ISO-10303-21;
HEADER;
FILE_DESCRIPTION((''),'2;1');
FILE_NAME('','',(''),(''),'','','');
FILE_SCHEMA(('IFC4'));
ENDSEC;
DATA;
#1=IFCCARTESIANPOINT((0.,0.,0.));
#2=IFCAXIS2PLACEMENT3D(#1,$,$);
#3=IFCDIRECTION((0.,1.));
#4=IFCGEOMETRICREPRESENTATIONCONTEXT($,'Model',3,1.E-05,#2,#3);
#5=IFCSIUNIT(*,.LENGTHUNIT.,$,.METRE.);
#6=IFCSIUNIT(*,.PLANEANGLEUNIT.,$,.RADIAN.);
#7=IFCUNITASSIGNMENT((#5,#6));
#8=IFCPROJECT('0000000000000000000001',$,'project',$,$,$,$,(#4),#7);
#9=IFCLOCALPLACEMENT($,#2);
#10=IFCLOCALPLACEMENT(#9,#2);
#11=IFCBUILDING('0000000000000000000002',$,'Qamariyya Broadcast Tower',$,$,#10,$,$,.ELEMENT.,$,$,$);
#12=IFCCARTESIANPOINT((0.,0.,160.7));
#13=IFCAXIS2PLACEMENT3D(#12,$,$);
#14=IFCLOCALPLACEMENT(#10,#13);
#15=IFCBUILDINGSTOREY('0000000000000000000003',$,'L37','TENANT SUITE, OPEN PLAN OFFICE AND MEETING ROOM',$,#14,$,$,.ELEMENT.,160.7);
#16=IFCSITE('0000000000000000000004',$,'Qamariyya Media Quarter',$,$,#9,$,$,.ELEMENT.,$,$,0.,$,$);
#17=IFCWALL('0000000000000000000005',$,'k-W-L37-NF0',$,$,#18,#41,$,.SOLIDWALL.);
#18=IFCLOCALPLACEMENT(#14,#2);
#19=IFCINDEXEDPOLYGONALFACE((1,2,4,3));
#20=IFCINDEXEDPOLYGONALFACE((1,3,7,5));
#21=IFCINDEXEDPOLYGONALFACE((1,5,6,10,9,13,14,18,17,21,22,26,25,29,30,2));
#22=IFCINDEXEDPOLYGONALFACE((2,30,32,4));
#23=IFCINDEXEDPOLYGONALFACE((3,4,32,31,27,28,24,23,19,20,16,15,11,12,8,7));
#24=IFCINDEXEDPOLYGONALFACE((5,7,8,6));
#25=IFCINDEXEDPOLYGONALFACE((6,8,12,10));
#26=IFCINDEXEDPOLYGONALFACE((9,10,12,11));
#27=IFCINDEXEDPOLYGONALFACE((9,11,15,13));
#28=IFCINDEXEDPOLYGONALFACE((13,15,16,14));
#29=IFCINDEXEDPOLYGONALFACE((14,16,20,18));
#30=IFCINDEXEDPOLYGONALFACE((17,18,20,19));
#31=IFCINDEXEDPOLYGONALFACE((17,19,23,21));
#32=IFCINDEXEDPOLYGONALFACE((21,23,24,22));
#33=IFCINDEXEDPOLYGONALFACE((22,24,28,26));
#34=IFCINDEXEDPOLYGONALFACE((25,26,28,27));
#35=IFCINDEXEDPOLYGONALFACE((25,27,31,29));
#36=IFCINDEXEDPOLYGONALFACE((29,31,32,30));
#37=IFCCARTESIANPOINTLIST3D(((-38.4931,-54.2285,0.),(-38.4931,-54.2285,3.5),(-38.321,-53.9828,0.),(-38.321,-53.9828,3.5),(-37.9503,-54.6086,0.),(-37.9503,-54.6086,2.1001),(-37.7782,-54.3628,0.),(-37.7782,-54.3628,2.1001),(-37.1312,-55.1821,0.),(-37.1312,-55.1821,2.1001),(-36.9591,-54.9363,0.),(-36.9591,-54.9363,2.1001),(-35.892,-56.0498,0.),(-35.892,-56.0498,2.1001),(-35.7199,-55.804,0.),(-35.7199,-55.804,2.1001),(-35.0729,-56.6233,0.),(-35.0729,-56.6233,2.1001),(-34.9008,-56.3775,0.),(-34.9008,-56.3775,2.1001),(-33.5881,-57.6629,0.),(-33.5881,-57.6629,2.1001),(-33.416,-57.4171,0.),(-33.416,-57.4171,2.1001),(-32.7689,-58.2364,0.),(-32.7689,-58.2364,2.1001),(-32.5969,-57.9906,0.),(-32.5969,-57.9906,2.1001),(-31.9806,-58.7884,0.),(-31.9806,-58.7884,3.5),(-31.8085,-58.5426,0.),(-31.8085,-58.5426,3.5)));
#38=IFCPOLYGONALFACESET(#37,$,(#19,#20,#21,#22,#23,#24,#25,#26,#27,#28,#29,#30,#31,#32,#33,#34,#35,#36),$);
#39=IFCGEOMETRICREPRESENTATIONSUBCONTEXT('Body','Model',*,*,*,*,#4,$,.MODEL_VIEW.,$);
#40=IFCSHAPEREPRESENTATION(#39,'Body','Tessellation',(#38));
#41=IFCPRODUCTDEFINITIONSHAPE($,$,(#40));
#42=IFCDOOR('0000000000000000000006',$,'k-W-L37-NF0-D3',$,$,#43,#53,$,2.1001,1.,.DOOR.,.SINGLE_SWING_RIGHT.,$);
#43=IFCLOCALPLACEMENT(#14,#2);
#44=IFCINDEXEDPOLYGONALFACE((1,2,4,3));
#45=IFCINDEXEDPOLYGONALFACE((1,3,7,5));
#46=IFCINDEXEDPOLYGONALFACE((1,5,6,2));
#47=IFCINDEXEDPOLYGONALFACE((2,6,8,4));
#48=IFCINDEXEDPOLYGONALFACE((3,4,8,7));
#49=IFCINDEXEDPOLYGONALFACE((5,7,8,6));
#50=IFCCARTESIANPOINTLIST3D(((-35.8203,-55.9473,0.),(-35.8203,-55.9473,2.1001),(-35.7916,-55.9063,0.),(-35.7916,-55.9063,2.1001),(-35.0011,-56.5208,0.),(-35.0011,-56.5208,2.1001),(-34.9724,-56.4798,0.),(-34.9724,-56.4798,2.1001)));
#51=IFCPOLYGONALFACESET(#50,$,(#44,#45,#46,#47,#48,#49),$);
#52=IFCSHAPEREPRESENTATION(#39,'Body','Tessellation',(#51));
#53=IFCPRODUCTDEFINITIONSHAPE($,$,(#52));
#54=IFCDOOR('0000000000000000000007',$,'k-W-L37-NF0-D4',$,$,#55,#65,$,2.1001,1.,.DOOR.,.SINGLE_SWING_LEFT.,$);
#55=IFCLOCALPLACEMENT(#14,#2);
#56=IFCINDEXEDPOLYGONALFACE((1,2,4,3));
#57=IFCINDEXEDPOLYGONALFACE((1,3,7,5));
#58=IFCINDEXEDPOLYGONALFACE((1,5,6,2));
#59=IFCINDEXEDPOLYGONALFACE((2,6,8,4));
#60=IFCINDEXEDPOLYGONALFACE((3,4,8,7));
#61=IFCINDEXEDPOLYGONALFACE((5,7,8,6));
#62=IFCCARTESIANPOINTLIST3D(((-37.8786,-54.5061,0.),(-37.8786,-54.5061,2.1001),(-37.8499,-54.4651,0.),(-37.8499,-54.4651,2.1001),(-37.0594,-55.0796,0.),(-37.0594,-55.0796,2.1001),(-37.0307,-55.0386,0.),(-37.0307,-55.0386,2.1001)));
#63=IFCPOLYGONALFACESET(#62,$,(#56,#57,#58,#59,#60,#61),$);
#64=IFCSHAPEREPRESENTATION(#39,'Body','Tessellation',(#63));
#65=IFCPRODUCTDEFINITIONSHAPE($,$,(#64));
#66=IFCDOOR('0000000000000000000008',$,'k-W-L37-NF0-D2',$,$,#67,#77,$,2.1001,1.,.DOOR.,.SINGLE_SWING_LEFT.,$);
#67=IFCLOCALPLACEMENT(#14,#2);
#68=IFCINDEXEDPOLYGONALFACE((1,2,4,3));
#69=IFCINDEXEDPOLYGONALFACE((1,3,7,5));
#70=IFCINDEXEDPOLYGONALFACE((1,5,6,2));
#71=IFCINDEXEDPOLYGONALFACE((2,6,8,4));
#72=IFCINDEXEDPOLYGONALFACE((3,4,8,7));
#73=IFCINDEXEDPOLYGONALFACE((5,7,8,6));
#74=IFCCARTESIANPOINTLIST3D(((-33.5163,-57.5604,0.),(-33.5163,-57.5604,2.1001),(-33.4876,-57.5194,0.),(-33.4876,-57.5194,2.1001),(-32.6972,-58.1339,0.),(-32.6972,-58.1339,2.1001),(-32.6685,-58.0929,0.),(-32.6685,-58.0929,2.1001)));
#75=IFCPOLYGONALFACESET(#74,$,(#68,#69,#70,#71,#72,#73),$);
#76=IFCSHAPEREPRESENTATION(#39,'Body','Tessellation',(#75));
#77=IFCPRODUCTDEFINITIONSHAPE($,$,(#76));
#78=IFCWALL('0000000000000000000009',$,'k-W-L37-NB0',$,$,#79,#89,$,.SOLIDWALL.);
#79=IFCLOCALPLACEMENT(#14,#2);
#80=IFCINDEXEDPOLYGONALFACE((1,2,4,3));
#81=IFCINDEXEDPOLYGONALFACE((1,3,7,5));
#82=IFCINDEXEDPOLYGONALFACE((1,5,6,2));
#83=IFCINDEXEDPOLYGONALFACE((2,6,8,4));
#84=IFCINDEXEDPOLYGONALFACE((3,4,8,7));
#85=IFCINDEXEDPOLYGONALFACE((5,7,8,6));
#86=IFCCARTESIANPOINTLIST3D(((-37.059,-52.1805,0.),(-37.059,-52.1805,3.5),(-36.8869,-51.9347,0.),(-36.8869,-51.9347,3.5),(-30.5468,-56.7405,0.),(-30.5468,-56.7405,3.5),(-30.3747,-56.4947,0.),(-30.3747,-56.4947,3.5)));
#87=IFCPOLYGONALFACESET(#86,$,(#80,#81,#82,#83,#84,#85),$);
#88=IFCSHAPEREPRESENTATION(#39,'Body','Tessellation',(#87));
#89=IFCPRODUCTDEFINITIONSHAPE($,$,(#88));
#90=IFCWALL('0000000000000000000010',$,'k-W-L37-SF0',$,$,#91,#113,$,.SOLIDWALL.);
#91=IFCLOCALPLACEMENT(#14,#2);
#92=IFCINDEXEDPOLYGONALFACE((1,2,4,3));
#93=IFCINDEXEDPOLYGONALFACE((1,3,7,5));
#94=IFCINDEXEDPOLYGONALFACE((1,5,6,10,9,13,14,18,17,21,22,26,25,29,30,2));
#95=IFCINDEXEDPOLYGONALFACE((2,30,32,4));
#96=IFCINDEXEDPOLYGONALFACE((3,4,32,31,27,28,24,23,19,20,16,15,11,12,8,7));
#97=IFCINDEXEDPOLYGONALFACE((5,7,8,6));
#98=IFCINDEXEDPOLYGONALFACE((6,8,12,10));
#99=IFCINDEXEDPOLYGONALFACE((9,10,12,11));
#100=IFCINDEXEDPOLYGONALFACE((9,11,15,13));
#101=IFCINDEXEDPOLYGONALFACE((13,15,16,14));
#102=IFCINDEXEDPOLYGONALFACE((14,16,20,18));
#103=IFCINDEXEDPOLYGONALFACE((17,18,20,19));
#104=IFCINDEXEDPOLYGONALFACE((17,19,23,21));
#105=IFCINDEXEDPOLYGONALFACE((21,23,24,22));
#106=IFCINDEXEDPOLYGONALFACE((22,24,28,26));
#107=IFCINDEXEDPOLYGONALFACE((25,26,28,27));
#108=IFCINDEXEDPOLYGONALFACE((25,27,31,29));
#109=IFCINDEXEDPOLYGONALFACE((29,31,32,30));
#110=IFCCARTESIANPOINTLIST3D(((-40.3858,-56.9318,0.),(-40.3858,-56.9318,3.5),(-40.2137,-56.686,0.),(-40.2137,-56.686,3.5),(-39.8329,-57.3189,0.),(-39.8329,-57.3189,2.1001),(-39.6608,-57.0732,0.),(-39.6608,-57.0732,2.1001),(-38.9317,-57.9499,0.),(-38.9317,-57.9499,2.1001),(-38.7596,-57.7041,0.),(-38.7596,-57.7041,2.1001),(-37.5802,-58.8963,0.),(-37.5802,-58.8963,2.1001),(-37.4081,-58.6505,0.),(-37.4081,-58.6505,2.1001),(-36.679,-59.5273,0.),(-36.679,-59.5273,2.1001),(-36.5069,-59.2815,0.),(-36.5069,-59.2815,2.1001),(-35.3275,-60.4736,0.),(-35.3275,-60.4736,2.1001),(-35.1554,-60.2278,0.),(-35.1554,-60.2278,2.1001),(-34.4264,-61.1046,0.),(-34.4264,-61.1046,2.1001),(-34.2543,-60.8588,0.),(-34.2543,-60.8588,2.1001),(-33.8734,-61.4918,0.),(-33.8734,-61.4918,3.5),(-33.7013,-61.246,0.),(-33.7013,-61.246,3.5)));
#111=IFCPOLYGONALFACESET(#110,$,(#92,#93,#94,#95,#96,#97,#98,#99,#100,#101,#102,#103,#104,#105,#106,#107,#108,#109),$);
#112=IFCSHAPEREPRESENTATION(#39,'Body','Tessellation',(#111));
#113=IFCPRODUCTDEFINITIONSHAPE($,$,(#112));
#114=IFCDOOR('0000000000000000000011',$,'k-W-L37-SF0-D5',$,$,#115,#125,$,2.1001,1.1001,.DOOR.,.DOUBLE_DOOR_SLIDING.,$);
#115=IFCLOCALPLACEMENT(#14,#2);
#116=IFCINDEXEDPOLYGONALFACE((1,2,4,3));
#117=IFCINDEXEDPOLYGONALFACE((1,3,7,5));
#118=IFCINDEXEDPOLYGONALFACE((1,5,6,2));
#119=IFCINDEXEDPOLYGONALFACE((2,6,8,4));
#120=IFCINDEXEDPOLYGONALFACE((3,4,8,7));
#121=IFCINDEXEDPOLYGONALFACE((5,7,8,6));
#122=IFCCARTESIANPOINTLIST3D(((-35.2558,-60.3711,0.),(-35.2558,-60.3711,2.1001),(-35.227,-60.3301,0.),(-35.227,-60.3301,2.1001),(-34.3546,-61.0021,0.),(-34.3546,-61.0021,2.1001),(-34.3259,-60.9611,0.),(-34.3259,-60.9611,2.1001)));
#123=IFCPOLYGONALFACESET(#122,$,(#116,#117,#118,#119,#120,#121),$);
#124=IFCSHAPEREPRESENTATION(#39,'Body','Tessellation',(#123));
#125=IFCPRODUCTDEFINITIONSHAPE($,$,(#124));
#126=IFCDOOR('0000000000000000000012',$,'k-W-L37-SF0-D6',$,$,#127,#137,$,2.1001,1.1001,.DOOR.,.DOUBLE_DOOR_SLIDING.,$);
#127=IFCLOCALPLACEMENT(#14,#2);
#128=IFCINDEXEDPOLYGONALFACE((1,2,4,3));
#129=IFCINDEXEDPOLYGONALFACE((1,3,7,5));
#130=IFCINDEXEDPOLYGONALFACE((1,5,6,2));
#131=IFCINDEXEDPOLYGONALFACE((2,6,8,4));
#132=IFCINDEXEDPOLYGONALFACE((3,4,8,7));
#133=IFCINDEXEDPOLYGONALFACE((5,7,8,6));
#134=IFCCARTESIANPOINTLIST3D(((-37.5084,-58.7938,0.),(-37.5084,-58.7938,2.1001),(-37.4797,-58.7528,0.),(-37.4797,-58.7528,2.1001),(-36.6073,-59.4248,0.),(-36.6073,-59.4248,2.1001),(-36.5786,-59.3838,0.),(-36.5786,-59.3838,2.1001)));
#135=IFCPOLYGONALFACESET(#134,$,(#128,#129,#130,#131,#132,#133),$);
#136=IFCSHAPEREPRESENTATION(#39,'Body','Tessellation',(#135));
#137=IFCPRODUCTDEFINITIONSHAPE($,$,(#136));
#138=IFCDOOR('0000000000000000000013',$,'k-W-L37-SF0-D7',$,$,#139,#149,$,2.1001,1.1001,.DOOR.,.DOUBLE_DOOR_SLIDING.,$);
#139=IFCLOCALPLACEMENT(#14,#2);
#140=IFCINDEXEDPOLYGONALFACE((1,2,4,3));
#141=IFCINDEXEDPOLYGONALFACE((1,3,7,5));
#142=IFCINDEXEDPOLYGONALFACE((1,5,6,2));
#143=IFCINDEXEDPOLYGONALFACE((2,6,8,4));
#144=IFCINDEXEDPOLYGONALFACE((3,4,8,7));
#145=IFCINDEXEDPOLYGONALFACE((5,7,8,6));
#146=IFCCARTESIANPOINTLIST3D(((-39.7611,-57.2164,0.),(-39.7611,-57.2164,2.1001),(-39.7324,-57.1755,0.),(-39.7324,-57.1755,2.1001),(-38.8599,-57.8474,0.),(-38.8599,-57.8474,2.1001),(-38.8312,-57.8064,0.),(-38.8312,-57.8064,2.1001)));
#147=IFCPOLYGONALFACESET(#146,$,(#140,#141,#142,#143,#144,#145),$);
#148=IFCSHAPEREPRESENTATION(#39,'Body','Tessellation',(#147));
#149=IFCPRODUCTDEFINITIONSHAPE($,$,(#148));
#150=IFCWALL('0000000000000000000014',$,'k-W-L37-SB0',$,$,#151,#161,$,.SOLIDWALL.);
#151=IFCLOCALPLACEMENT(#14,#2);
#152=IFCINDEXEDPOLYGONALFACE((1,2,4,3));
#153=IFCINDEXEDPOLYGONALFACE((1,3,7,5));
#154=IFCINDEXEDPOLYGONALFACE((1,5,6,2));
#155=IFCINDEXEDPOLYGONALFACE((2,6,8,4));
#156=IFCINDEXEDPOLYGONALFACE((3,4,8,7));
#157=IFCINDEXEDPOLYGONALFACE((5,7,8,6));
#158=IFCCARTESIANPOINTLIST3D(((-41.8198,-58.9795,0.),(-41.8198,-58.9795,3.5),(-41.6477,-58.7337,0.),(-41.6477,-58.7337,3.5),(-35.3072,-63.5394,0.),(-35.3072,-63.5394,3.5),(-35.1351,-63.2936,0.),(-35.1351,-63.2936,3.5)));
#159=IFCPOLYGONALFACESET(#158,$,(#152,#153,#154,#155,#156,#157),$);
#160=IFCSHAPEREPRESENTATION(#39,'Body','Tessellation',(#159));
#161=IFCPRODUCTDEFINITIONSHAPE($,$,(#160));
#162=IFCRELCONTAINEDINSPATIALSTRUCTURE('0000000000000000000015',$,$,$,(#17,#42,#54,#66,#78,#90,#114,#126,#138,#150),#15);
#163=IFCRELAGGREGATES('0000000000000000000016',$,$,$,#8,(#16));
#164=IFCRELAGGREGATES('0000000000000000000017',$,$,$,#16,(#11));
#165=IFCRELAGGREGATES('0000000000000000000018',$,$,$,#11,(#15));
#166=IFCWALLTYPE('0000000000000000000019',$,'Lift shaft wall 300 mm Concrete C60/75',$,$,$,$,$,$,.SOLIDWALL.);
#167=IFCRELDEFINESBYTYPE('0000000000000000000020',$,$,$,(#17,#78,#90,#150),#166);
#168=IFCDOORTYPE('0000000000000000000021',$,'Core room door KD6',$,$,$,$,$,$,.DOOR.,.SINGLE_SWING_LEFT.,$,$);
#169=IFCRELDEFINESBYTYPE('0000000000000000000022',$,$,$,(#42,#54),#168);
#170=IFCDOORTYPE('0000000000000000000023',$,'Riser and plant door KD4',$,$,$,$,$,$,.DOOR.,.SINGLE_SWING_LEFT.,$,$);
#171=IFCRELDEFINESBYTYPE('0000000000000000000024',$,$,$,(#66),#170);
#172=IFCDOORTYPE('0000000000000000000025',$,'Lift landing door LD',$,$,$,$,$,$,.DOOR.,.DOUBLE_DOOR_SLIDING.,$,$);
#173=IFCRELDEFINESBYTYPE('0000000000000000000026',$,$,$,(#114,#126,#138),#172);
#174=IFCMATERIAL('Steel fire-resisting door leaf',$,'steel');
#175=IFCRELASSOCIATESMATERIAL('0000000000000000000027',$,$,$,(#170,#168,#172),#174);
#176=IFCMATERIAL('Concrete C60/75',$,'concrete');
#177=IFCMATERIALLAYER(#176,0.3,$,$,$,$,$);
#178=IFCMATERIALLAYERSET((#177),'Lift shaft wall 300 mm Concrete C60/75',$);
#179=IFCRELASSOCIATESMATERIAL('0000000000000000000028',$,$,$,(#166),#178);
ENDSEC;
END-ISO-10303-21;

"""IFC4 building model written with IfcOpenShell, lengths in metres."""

from ifc_helpers import new_model, si_unit, direction, frame, frame_2d, origin, place, context, subcontext, project, spatial, rectangle, extrude, material, layer, layer_set, type_object, element, fill, save


model = new_model("IFC4")

# Units and contexts
model_context = context("Model", 3, precision=1e-05, world=origin(), true_north=direction((0.0, 1.0)))
body_context = subcontext(model_context, "Body", "Model", "MODEL_VIEW")
ifc_project = project(units=[si_unit("LENGTHUNIT", "METRE"), si_unit("PLANEANGLEUNIT", "RADIAN")], contexts=[model_context])

# Site, building, storey
site_placement = place(None, origin())
site = spatial("IfcSite", under=ifc_project, at=site_placement, Name="Qamariyya Media Quarter", CompositionType="ELEMENT", RefElevation=0.0)
building_placement = place(site_placement, origin())
building = spatial("IfcBuilding", under=site, at=building_placement, Name="Qamariyya Broadcast Tower", CompositionType="ELEMENT")
storey_placement = place(building_placement, frame((0.0, 0.0, 160.7)))
storey = spatial("IfcBuildingStorey", under=building, at=storey_placement, Name="L37", Description="TENANT SUITE, OPEN PLAN OFFICE AND MEETING ROOM", CompositionType="ELEMENT", Elevation=160.7)

# Shared definitions
ifc_material_1 = material(Name="Concrete C60/75", Category="concrete")

# Shared definitions
ifc_material_2 = material(Name="Steel fire-resisting door leaf", Category="steel")

# Shared definitions
door_type_1 = type_object("IfcDoorType", Name="Riser and plant door KD4", OperationType="SINGLE_SWING_LEFT", PredefinedType="DOOR", material=ifc_material_2)

# Wall, openings, doors
ifc_layer_1 = layer(ifc_material_1, 0.3)
ifc_layer_set_1 = layer_set([ifc_layer_1], Name="Lift shaft wall 300 mm Concrete C60/75")
wall_type_1 = type_object("IfcWallType", Name="Lift shaft wall 300 mm Concrete C60/75", PredefinedType="SOLIDWALL", material=ifc_layer_set_1)
wall_1_placement = place(storey_placement, frame((-31.8945, -58.6655, 0.0), z_axis=(0.0, 0.0, 1.0), x_axis=(-0.819167, 0.573555, 0.0)))
wall_1 = element("IfcWall", 1, at=wall_1_placement, inside=storey, type_object=wall_type_1, Name="k-W-L37-NF0", PredefinedType="SOLIDWALL", context=body_context, shape_type="SweptSolid", body=[
    extrude(rectangle(XDim=7.9502, YDim=0.3, at=frame_2d((3.9751, 0.0))), origin(), (0.0, 0.0, 1.0), 3.5),
])
opening_1_placement = place(wall_1_placement, frame((0.9624, 0.0, 0.0)))
opening_1 = element("IfcOpeningElement", 2, at=opening_1_placement, cuts=wall_1, PredefinedType="OPENING", context=body_context, shape_type="SweptSolid", body=[
    extrude(rectangle(XDim=1.0, YDim=2.1001, at=frame_2d((0.5, 1.05))), frame((0.0, 0.1599, 0.0), z_axis=(0.0, -1.0, 0.0), x_axis=(1.0, 0.0, 0.0)), (0.0, 0.0, 1.0), 0.3201),
])
opening_2_placement = place(wall_1_placement, frame((3.7749, 0.0, 0.0)))
opening_2 = element("IfcOpeningElement", 3, at=opening_2_placement, cuts=wall_1, PredefinedType="OPENING", context=body_context, shape_type="SweptSolid", body=[
    extrude(rectangle(XDim=1.0, YDim=2.1001, at=frame_2d((0.5, 1.05))), frame((0.0, 0.1599, 0.0), z_axis=(0.0, -1.0, 0.0), x_axis=(1.0, 0.0, 0.0)), (0.0, 0.0, 1.0), 0.3201),
])
opening_3_placement = place(wall_1_placement, frame((6.2876, 0.0, 0.0)))
opening_3 = element("IfcOpeningElement", 4, at=opening_3_placement, cuts=wall_1, PredefinedType="OPENING", context=body_context, shape_type="SweptSolid", body=[
    extrude(rectangle(XDim=1.0, YDim=2.1001, at=frame_2d((0.5, 1.05))), frame((0.0, 0.1599, 0.0), z_axis=(0.0, -1.0, 0.0), x_axis=(1.0, 0.0, 0.0)), (0.0, 0.0, 1.0), 0.3201),
])
door_type_2 = type_object("IfcDoorType", Name="Core room door KD6", OperationType="SINGLE_SWING_LEFT", PredefinedType="DOOR", material=ifc_material_2)
door_1_placement = place(opening_2_placement, origin())
door_1 = element("IfcDoor", 5, at=door_1_placement, inside=storey, type_object=door_type_2, Name="k-W-L37-NF0-D3", OperationType="SINGLE_SWING_RIGHT", OverallHeight=2.1001, OverallWidth=1.0, PredefinedType="DOOR", context=body_context, shape_type="SweptSolid", body=[
    extrude(rectangle(XDim=1.0, YDim=2.1001, at=frame_2d((0.5, 1.05))), frame((0.0, 0.0249, 0.0), z_axis=(0.0, -1.0, 0.0), x_axis=(1.0, 0.0, 0.0)), (0.0, 0.0, 1.0), 0.05),
])
fill(opening_2, door_1)
door_2_placement = place(opening_3_placement, origin())
door_2 = element("IfcDoor", 6, at=door_2_placement, inside=storey, type_object=door_type_2, Name="k-W-L37-NF0-D4", OperationType="SINGLE_SWING_LEFT", OverallHeight=2.1001, OverallWidth=1.0, PredefinedType="DOOR", context=body_context, shape_type="SweptSolid", body=[
    extrude(rectangle(XDim=1.0, YDim=2.1001, at=frame_2d((0.5, 1.05))), frame((0.0, 0.0249, 0.0), z_axis=(0.0, -1.0, 0.0), x_axis=(1.0, 0.0, 0.0)), (0.0, 0.0, 1.0), 0.05),
])
fill(opening_3, door_2)
door_3_placement = place(opening_1_placement, origin())
door_3 = element("IfcDoor", 7, at=door_3_placement, inside=storey, type_object=door_type_1, Name="k-W-L37-NF0-D2", OperationType="SINGLE_SWING_LEFT", OverallHeight=2.1001, OverallWidth=1.0, PredefinedType="DOOR", context=body_context, shape_type="SweptSolid", body=[
    extrude(rectangle(XDim=1.0, YDim=2.1001, at=frame_2d((0.5, 1.05))), frame((0.0, 0.0249, 0.0), z_axis=(0.0, -1.0, 0.0), x_axis=(1.0, 0.0, 0.0)), (0.0, 0.0, 1.0), 0.05),
])
fill(opening_1, door_3)

# Wall
wall_2_placement = place(storey_placement, frame((-30.4607, -56.6177, 0.0), z_axis=(0.0, 0.0, 1.0), x_axis=(-0.819142, 0.57359, 0.0)))
element("IfcWall", 8, at=wall_2_placement, inside=storey, type_object=wall_type_1, Name="k-W-L37-NB0", PredefinedType="SOLIDWALL", context=body_context, shape_type="SweptSolid", body=[
    extrude(rectangle(XDim=7.95, YDim=0.3, at=frame_2d((3.9751, 0.0))), origin(), (0.0, 0.0, 1.0), 3.5),
])

# Wall, openings, doors
wall_3_placement = place(storey_placement, frame((-33.7874, -61.3689, 0.0), z_axis=(0.0, 0.0, 1.0), x_axis=(-0.819153, 0.573576, 0.0)))
wall_3 = element("IfcWall", 9, at=wall_3_placement, inside=storey, type_object=wall_type_1, Name="k-W-L37-SF0", PredefinedType="SOLIDWALL", context=body_context, shape_type="SweptSolid", body=[
    extrude(rectangle(XDim=7.9502, YDim=0.3, at=frame_2d((3.9751, 0.0))), origin(), (0.0, 0.0, 1.0), 3.5),
])
opening_4_placement = place(wall_3_placement, frame((0.675, 0.0, 0.0)))
opening_4 = element("IfcOpeningElement", 10, at=opening_4_placement, cuts=wall_3, PredefinedType="OPENING", context=body_context, shape_type="SweptSolid", body=[
    extrude(rectangle(XDim=1.1001, YDim=2.1001, at=frame_2d((0.55, 1.05))), frame((0.0, 0.1599, 0.0), z_axis=(0.0, -1.0, 0.0), x_axis=(1.0, 0.0, 0.0)), (0.0, 0.0, 1.0), 0.3201),
])
opening_5_placement = place(wall_3_placement, frame((3.425, 0.0, 0.0)))
opening_5 = element("IfcOpeningElement", 11, at=opening_5_placement, cuts=wall_3, PredefinedType="OPENING", context=body_context, shape_type="SweptSolid", body=[
    extrude(rectangle(XDim=1.1001, YDim=2.1001, at=frame_2d((0.55, 1.05))), frame((0.0, 0.1599, 0.0), z_axis=(0.0, -1.0, 0.0), x_axis=(1.0, 0.0, 0.0)), (0.0, 0.0, 1.0), 0.3201),
])
opening_6_placement = place(wall_3_placement, frame((6.175, 0.0, 0.0)))
opening_6 = element("IfcOpeningElement", 12, at=opening_6_placement, cuts=wall_3, PredefinedType="OPENING", context=body_context, shape_type="SweptSolid", body=[
    extrude(rectangle(XDim=1.1001, YDim=2.1001, at=frame_2d((0.55, 1.05))), frame((0.0, 0.1599, 0.0), z_axis=(0.0, -1.0, 0.0), x_axis=(1.0, 0.0, 0.0)), (0.0, 0.0, 1.0), 0.3201),
])
door_type_3 = type_object("IfcDoorType", Name="Lift landing door LD", OperationType="DOUBLE_DOOR_SLIDING", PredefinedType="DOOR", material=ifc_material_2)
door_4_placement = place(opening_4_placement, origin())
door_4 = element("IfcDoor", 13, at=door_4_placement, inside=storey, type_object=door_type_3, Name="k-W-L37-SF0-D5", OperationType="DOUBLE_DOOR_SLIDING", OverallHeight=2.1001, OverallWidth=1.1001, PredefinedType="DOOR", context=body_context, shape_type="SweptSolid", body=[
    extrude(rectangle(XDim=1.1001, YDim=2.1001, at=frame_2d((0.55, 1.05))), frame((0.0, 0.0249, 0.0), z_axis=(0.0, -1.0, 0.0), x_axis=(1.0, 0.0, 0.0)), (0.0, 0.0, 1.0), 0.05),
])
fill(opening_4, door_4)
door_5_placement = place(opening_5_placement, origin())
door_5 = element("IfcDoor", 14, at=door_5_placement, inside=storey, type_object=door_type_3, Name="k-W-L37-SF0-D6", OperationType="DOUBLE_DOOR_SLIDING", OverallHeight=2.1001, OverallWidth=1.1001, PredefinedType="DOOR", context=body_context, shape_type="SweptSolid", body=[
    extrude(rectangle(XDim=1.1001, YDim=2.1001, at=frame_2d((0.55, 1.05))), frame((0.0, 0.0249, 0.0), z_axis=(0.0, -1.0, 0.0), x_axis=(1.0, 0.0, 0.0)), (0.0, 0.0, 1.0), 0.05),
])
fill(opening_5, door_5)
door_6_placement = place(opening_6_placement, origin())
door_6 = element("IfcDoor", 15, at=door_6_placement, inside=storey, type_object=door_type_3, Name="k-W-L37-SF0-D7", OperationType="DOUBLE_DOOR_SLIDING", OverallHeight=2.1001, OverallWidth=1.1001, PredefinedType="DOOR", context=body_context, shape_type="SweptSolid", body=[
    extrude(rectangle(XDim=1.1001, YDim=2.1001, at=frame_2d((0.55, 1.05))), frame((0.0, 0.0249, 0.0), z_axis=(0.0, -1.0, 0.0), x_axis=(1.0, 0.0, 0.0)), (0.0, 0.0, 1.0), 0.05),
])
fill(opening_6, door_6)

# Wall
wall_4_placement = place(storey_placement, frame((-35.2212, -63.4165, 0.0), z_axis=(0.0, 0.0, 1.0), x_axis=(-0.819167, 0.573555, 0.0)))
element("IfcWall", 16, at=wall_4_placement, inside=storey, type_object=wall_type_1, Name="k-W-L37-SB0", PredefinedType="SOLIDWALL", context=body_context, shape_type="SweptSolid", body=[
    extrude(rectangle(XDim=7.9502, YDim=0.3, at=frame_2d((3.9751, 0.0))), origin(), (0.0, 0.0, 1.0), 3.5),
])

save(model, "model.ifc")
